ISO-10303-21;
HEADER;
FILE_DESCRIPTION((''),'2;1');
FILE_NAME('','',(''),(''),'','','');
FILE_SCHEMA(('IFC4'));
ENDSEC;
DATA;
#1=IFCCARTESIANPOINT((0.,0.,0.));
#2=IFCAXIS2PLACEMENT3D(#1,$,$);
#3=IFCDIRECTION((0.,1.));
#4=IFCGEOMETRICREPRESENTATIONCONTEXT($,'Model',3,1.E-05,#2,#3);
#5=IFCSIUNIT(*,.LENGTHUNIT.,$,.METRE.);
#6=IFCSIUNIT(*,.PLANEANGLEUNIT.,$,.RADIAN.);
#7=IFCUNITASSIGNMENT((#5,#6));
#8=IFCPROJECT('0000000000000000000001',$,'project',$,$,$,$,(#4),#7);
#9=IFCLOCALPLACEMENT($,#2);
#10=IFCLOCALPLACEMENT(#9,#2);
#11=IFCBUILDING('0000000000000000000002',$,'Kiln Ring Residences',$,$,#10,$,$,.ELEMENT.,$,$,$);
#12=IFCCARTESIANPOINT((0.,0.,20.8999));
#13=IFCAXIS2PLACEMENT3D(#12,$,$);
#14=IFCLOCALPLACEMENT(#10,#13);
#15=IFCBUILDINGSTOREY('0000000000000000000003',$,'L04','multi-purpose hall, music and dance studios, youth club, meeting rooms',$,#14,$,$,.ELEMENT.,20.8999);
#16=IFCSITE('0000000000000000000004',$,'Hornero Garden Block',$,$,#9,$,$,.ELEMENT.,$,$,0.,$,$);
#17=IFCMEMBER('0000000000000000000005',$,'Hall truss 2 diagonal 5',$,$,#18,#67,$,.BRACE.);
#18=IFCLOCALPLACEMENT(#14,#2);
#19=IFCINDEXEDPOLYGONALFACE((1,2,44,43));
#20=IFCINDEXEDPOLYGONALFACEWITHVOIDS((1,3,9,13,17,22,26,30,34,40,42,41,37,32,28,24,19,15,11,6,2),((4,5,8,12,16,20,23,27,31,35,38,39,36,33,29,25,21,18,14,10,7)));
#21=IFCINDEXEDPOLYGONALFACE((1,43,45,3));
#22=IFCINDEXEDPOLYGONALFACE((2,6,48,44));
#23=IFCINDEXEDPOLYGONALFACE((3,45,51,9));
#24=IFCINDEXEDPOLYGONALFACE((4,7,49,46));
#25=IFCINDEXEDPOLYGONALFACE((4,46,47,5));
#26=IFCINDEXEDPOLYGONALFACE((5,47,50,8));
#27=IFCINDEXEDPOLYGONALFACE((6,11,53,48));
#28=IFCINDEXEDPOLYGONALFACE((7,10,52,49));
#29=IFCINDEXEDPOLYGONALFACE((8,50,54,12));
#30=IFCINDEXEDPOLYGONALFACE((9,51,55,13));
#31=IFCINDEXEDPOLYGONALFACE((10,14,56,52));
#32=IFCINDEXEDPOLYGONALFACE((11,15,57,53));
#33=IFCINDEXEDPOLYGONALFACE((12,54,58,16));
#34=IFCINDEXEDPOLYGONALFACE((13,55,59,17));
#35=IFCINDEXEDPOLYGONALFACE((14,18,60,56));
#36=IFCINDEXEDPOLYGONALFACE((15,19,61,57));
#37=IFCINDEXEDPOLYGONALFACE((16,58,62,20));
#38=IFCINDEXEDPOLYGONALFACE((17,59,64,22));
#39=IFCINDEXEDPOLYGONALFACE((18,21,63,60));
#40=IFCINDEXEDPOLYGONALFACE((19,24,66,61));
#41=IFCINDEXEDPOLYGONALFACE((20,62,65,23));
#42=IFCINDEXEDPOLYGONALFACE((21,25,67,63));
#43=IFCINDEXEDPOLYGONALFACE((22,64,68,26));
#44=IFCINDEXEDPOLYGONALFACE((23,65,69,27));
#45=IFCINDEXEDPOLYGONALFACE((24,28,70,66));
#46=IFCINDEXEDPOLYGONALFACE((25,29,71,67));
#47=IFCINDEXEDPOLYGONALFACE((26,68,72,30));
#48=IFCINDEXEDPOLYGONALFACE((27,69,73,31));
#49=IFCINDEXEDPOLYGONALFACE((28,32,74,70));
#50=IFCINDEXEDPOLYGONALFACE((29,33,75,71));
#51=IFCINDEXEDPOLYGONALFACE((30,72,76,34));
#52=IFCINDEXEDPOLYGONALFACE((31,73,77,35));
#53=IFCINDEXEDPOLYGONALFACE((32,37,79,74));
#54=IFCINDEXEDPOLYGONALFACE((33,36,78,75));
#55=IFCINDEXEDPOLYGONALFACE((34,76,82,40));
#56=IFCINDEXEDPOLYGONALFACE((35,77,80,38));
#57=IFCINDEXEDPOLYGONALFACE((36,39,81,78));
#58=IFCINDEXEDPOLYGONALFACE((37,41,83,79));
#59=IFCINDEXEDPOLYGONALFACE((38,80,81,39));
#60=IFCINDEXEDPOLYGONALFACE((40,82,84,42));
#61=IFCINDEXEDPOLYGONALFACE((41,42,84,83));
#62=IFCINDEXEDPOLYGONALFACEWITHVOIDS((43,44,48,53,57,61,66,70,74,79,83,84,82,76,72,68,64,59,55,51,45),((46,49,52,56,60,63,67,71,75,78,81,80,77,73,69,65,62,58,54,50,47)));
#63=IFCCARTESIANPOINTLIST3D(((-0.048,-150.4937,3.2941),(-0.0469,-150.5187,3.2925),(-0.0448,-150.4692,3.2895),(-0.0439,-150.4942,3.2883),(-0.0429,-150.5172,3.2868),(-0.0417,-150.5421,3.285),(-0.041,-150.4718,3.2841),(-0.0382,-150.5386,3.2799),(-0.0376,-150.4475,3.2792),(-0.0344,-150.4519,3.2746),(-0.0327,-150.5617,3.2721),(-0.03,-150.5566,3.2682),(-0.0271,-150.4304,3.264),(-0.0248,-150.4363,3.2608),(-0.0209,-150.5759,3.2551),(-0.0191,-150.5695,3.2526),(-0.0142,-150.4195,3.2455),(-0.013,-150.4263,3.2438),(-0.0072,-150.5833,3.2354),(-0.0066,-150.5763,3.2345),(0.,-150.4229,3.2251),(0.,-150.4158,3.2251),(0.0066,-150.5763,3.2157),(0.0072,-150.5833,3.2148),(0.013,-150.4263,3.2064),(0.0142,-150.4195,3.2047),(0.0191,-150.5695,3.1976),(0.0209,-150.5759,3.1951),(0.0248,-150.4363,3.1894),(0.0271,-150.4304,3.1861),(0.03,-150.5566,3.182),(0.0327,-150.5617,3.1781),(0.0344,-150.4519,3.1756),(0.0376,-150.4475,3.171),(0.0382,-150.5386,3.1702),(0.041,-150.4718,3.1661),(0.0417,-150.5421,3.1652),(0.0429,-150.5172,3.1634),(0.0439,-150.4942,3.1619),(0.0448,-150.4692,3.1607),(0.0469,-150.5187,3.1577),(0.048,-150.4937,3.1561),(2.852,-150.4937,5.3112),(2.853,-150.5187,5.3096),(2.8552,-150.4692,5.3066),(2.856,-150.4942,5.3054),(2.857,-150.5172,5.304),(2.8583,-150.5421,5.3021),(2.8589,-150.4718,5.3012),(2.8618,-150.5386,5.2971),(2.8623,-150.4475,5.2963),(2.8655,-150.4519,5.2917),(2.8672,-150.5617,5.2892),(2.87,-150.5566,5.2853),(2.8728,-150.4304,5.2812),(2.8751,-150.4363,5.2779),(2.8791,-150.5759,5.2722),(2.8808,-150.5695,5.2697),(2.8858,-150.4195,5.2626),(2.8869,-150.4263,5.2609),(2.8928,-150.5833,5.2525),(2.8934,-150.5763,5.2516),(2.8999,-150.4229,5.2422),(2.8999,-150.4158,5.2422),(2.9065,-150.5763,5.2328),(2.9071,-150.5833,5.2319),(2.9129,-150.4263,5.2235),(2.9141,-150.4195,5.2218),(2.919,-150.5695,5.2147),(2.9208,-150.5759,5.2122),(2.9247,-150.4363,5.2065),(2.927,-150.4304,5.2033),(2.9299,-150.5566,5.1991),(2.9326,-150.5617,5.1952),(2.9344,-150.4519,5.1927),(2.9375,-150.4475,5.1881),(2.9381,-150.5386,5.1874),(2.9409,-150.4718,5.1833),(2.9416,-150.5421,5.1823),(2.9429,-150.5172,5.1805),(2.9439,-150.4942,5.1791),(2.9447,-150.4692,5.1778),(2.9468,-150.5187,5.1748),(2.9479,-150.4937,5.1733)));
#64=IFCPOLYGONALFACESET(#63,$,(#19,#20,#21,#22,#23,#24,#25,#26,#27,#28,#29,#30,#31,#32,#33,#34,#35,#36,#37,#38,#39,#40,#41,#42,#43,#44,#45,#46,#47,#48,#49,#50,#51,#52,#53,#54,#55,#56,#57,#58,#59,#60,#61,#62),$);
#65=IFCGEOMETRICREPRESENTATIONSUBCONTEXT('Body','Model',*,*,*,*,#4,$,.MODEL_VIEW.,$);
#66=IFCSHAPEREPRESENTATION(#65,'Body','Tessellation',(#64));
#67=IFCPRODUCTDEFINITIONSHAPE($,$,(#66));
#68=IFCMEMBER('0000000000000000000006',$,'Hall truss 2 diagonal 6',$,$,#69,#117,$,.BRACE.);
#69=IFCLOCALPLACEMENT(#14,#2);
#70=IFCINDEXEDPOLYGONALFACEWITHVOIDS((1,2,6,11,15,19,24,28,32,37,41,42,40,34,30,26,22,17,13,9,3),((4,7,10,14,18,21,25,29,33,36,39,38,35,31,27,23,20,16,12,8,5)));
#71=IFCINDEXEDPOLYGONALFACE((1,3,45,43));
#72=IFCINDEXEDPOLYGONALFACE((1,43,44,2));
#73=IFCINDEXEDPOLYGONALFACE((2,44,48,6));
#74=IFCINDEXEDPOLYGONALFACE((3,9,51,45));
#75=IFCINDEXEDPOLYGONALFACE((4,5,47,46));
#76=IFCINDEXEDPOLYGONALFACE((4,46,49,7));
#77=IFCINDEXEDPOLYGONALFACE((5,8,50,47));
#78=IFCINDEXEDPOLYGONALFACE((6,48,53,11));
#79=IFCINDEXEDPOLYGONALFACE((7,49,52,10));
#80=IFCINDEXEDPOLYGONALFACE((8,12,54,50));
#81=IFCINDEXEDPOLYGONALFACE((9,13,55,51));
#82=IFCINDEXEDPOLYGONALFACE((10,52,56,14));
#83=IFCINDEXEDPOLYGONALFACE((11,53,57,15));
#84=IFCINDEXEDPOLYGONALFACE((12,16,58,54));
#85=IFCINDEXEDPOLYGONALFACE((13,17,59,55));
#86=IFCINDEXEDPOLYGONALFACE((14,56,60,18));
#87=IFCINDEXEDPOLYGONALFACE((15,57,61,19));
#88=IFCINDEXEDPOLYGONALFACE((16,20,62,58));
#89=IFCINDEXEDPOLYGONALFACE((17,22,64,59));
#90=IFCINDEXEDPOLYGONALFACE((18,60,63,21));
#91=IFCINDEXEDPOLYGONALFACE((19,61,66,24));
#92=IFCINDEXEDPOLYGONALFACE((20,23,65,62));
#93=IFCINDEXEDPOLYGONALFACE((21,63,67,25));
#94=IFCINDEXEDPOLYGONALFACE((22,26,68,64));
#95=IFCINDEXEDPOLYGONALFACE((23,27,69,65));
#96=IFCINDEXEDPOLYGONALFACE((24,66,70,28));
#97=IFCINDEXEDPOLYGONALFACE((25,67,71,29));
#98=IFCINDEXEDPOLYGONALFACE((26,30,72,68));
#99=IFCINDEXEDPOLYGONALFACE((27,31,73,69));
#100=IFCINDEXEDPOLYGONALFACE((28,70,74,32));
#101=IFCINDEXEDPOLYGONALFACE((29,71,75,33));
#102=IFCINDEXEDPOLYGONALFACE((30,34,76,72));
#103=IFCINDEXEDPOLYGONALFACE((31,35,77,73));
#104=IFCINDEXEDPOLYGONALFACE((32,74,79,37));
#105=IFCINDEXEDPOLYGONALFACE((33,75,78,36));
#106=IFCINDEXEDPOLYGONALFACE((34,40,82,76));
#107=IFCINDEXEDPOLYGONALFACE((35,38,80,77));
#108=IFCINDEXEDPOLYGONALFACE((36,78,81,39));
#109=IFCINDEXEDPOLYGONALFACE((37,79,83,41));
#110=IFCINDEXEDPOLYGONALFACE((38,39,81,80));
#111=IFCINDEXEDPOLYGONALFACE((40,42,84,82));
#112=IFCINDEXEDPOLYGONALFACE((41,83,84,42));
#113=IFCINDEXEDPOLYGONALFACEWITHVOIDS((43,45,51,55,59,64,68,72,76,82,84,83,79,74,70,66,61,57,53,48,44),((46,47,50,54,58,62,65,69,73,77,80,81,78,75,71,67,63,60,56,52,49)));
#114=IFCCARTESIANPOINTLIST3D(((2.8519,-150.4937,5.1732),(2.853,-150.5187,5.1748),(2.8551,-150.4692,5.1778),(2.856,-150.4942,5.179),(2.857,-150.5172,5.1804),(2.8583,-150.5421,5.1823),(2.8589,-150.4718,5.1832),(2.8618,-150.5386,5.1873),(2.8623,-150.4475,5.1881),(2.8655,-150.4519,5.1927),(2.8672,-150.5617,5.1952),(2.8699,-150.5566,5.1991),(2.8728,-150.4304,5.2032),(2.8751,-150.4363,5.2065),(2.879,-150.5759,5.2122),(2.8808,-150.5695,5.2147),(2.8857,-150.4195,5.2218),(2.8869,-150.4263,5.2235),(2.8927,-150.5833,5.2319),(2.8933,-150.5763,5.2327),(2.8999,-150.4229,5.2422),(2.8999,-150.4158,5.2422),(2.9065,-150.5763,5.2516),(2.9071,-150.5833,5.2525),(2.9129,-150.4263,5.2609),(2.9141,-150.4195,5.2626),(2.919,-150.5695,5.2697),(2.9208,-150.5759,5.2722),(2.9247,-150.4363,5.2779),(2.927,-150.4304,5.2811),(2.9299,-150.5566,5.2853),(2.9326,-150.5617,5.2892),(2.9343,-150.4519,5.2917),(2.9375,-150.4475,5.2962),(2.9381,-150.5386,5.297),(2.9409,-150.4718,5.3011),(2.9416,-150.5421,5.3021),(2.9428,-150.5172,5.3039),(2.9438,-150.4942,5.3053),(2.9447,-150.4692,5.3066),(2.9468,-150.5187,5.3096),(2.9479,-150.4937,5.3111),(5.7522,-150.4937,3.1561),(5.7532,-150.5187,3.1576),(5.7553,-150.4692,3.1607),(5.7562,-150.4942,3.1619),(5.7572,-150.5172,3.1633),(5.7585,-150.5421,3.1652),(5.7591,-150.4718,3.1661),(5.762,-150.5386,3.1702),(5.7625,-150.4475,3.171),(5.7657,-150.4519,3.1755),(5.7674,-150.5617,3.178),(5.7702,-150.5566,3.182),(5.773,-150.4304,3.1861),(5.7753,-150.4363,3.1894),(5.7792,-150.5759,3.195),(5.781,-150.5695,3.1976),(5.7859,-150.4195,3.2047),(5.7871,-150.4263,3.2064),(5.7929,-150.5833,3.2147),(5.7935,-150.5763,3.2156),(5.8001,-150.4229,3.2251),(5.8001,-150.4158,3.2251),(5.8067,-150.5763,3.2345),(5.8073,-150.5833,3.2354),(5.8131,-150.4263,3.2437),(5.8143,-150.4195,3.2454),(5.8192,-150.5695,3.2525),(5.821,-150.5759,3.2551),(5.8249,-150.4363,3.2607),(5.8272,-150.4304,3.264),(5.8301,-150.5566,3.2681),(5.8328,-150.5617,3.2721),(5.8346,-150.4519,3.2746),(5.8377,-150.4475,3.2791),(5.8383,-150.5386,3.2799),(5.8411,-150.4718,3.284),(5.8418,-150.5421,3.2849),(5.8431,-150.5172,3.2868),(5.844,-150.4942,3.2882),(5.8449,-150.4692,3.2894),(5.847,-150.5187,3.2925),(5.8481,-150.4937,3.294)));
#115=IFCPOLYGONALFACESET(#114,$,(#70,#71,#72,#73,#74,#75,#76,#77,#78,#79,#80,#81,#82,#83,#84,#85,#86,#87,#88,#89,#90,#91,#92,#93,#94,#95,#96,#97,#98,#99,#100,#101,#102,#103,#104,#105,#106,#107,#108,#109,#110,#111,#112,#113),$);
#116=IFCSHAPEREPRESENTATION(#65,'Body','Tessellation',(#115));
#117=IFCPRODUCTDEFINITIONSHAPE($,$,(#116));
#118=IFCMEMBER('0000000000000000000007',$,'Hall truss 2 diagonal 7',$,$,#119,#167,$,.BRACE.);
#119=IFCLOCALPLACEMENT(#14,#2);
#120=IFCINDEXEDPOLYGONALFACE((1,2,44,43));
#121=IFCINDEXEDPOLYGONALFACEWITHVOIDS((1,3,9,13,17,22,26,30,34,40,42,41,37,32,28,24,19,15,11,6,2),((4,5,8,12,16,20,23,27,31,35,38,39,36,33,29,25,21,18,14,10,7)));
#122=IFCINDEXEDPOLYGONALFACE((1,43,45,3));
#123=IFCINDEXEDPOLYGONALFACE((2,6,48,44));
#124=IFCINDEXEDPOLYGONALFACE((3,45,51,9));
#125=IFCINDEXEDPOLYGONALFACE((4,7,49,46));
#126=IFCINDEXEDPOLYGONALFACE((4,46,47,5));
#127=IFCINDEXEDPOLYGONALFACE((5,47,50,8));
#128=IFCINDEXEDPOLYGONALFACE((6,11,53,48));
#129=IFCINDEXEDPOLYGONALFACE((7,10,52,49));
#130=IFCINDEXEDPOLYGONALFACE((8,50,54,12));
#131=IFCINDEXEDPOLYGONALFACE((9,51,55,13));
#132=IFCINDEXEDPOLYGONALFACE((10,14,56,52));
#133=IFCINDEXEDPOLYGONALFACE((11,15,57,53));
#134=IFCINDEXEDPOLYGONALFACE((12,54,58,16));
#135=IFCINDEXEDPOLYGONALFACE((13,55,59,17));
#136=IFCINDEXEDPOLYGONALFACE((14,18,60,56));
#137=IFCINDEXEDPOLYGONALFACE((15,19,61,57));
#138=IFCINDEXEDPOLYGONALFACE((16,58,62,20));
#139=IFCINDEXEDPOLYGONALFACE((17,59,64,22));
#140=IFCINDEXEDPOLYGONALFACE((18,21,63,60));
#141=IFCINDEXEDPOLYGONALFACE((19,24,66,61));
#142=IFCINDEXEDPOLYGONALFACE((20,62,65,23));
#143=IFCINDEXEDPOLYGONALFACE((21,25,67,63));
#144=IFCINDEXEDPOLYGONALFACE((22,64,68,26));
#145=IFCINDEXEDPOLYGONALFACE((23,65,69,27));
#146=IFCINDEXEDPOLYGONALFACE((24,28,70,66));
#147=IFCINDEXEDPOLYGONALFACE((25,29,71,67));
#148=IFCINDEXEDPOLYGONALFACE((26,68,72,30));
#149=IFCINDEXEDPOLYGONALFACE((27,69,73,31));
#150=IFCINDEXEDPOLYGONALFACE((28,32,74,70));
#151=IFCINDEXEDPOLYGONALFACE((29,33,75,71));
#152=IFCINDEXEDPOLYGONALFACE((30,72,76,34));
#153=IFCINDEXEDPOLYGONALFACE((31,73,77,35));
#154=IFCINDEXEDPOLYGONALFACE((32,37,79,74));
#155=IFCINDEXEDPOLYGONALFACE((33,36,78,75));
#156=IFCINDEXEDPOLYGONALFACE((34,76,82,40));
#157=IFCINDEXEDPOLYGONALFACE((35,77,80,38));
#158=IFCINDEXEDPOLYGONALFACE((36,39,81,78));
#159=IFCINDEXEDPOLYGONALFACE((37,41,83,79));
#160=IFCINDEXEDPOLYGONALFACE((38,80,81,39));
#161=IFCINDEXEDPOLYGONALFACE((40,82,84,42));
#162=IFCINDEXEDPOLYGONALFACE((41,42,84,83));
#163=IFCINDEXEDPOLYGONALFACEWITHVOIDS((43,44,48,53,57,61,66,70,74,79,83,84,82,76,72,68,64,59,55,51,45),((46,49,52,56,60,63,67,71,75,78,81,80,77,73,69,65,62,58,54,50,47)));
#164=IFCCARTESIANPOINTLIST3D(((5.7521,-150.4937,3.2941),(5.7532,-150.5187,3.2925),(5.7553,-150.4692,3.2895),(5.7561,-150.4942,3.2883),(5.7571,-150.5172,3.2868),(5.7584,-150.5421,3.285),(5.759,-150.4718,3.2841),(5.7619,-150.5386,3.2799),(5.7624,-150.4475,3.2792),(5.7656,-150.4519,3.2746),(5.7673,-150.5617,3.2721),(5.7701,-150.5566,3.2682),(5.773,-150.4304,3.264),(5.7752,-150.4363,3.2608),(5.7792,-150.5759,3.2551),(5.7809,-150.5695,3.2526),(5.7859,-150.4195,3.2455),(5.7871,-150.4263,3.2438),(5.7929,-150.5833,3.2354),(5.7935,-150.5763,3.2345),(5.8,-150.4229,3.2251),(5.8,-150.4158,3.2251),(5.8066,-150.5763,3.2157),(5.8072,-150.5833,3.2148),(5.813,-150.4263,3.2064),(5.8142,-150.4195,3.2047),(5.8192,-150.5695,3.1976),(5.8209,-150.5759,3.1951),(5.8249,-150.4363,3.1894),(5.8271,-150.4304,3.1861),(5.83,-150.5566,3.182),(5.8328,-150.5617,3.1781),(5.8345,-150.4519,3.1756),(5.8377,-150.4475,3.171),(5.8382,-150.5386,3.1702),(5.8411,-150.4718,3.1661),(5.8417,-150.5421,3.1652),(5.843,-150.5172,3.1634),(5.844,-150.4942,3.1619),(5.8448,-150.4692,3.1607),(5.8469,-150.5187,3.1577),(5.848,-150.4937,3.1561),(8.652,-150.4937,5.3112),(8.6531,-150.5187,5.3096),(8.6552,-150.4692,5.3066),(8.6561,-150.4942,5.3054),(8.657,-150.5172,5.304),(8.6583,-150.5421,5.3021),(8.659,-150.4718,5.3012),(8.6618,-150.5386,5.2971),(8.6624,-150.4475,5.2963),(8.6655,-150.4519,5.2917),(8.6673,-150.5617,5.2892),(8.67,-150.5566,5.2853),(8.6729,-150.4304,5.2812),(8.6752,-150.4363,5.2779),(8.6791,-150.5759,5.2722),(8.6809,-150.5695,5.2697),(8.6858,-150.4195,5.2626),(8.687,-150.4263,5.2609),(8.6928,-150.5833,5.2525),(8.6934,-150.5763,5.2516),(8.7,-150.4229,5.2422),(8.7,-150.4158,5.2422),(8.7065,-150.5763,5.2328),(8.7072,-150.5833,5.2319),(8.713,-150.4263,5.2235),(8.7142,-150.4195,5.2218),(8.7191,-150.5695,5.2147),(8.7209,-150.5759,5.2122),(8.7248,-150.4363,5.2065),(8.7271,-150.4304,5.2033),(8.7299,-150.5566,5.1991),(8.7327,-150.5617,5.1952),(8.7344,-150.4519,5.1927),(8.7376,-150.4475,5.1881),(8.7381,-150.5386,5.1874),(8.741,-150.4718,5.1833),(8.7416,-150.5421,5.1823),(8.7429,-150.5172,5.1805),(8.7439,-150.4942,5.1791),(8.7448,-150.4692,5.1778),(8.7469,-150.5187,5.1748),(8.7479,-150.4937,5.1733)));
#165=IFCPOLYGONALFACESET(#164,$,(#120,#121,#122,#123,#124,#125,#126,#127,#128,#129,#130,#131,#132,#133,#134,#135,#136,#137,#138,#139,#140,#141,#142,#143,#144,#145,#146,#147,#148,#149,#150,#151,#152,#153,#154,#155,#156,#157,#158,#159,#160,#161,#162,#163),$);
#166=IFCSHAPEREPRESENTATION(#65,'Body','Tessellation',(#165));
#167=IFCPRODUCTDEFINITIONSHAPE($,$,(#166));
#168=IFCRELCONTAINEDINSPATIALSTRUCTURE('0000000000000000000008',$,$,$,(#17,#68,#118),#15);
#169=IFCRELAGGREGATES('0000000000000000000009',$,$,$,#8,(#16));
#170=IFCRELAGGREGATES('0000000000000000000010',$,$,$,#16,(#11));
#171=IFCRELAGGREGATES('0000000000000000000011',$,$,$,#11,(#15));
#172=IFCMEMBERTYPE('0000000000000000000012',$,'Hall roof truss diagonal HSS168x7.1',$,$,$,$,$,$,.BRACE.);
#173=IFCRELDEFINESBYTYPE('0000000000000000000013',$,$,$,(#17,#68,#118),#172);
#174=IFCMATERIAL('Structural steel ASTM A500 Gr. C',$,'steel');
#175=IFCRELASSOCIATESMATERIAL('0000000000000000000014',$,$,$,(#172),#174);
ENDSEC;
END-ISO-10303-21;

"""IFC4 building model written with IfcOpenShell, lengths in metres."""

from ifc_helpers import new_model, si_unit, direction, frame, origin, origin_2d, place, context, subcontext, project, spatial, hollow_circle, extrude, material, material_profile, profile_set, type_object, element, save


model = new_model("IFC4")

# Units and contexts
model_context = context("Model", 3, precision=1e-05, world=origin(), true_north=direction((0.0, 1.0)))
body_context = subcontext(model_context, "Body", "Model", "MODEL_VIEW")
ifc_project = project(units=[si_unit("LENGTHUNIT", "METRE"), si_unit("PLANEANGLEUNIT", "RADIAN")], contexts=[model_context])

# Site, building, storey
site_placement = place(None, origin())
site = spatial("IfcSite", under=ifc_project, at=site_placement, Name="Hornero Garden Block", CompositionType="ELEMENT", RefElevation=0.0)
building_placement = place(site_placement, origin())
building = spatial("IfcBuilding", under=site, at=building_placement, Name="Kiln Ring Residences", CompositionType="ELEMENT")
storey_placement = place(building_placement, frame((0.0, 0.0, 20.8999)))
storey = spatial("IfcBuildingStorey", under=building, at=storey_placement, Name="L04", Description="multi-purpose hall, music and dance studios, youth club, meeting rooms", CompositionType="ELEMENT", Elevation=20.8999)

# Members
ifc_material_1 = material(Name="Structural steel ASTM A500 Gr. C", Category="steel")
ifc_material_profile_1 = material_profile(ifc_material_1, hollow_circle(Radius=0.0842, WallThickness=0.0071, at=origin_2d()), Name="HSS168x7.1")
ifc_profile_set_1 = profile_set([ifc_material_profile_1], Name="Structural steel ASTM A500 Gr. C")
member_type_1 = type_object("IfcMemberType", Name="Hall roof truss diagonal HSS168x7.1", PredefinedType="BRACE", material=ifc_profile_set_1)
for number, where, z_axis, x_axis, name in (
    (1, (0.0, -150.5, 3.2251), (0.820936, 0.0, 0.57102), (0.0, 1.0, 0.0), "Hall truss 2 diagonal 5"),
):
    element("IfcMember", number, at=place(storey_placement, frame(where, z_axis=z_axis, x_axis=x_axis)), inside=storey, type_object=member_type_1, Name=name, PredefinedType="BRACE", context=body_context, shape_type="SweptSolid", body=[
        extrude(hollow_circle(Radius=0.0842, WallThickness=0.0071, at=origin_2d()), origin(), (0.0, 0.0, 1.0), 3.5325),
    ])
member_1_placement = place(storey_placement, frame((2.8999, -150.5, 5.2422), z_axis=(0.820959, 0.0, -0.570988), x_axis=(0.0, 1.0, 0.0)))
element("IfcMember", 2, at=member_1_placement, inside=storey, type_object=member_type_1, Name="Hall truss 2 diagonal 6", PredefinedType="BRACE", context=body_context, shape_type="SweptSolid", body=[
    extrude(hollow_circle(Radius=0.0842, WallThickness=0.0071, at=origin_2d()), origin(), (0.0, 0.0, 1.0), 3.5327),
])
for number, where, z_axis, x_axis, name in (
    (3, (5.8, -150.5, 3.2251), (0.820936, 0.0, 0.57102), (0.0, 1.0, 0.0), "Hall truss 2 diagonal 7"),
):
    element("IfcMember", number, at=place(storey_placement, frame(where, z_axis=z_axis, x_axis=x_axis)), inside=storey, type_object=member_type_1, Name=name, PredefinedType="BRACE", context=body_context, shape_type="SweptSolid", body=[
        extrude(hollow_circle(Radius=0.0842, WallThickness=0.0071, at=origin_2d()), origin(), (0.0, 0.0, 1.0), 3.5325),
    ])

save(model, "model.ifc")
